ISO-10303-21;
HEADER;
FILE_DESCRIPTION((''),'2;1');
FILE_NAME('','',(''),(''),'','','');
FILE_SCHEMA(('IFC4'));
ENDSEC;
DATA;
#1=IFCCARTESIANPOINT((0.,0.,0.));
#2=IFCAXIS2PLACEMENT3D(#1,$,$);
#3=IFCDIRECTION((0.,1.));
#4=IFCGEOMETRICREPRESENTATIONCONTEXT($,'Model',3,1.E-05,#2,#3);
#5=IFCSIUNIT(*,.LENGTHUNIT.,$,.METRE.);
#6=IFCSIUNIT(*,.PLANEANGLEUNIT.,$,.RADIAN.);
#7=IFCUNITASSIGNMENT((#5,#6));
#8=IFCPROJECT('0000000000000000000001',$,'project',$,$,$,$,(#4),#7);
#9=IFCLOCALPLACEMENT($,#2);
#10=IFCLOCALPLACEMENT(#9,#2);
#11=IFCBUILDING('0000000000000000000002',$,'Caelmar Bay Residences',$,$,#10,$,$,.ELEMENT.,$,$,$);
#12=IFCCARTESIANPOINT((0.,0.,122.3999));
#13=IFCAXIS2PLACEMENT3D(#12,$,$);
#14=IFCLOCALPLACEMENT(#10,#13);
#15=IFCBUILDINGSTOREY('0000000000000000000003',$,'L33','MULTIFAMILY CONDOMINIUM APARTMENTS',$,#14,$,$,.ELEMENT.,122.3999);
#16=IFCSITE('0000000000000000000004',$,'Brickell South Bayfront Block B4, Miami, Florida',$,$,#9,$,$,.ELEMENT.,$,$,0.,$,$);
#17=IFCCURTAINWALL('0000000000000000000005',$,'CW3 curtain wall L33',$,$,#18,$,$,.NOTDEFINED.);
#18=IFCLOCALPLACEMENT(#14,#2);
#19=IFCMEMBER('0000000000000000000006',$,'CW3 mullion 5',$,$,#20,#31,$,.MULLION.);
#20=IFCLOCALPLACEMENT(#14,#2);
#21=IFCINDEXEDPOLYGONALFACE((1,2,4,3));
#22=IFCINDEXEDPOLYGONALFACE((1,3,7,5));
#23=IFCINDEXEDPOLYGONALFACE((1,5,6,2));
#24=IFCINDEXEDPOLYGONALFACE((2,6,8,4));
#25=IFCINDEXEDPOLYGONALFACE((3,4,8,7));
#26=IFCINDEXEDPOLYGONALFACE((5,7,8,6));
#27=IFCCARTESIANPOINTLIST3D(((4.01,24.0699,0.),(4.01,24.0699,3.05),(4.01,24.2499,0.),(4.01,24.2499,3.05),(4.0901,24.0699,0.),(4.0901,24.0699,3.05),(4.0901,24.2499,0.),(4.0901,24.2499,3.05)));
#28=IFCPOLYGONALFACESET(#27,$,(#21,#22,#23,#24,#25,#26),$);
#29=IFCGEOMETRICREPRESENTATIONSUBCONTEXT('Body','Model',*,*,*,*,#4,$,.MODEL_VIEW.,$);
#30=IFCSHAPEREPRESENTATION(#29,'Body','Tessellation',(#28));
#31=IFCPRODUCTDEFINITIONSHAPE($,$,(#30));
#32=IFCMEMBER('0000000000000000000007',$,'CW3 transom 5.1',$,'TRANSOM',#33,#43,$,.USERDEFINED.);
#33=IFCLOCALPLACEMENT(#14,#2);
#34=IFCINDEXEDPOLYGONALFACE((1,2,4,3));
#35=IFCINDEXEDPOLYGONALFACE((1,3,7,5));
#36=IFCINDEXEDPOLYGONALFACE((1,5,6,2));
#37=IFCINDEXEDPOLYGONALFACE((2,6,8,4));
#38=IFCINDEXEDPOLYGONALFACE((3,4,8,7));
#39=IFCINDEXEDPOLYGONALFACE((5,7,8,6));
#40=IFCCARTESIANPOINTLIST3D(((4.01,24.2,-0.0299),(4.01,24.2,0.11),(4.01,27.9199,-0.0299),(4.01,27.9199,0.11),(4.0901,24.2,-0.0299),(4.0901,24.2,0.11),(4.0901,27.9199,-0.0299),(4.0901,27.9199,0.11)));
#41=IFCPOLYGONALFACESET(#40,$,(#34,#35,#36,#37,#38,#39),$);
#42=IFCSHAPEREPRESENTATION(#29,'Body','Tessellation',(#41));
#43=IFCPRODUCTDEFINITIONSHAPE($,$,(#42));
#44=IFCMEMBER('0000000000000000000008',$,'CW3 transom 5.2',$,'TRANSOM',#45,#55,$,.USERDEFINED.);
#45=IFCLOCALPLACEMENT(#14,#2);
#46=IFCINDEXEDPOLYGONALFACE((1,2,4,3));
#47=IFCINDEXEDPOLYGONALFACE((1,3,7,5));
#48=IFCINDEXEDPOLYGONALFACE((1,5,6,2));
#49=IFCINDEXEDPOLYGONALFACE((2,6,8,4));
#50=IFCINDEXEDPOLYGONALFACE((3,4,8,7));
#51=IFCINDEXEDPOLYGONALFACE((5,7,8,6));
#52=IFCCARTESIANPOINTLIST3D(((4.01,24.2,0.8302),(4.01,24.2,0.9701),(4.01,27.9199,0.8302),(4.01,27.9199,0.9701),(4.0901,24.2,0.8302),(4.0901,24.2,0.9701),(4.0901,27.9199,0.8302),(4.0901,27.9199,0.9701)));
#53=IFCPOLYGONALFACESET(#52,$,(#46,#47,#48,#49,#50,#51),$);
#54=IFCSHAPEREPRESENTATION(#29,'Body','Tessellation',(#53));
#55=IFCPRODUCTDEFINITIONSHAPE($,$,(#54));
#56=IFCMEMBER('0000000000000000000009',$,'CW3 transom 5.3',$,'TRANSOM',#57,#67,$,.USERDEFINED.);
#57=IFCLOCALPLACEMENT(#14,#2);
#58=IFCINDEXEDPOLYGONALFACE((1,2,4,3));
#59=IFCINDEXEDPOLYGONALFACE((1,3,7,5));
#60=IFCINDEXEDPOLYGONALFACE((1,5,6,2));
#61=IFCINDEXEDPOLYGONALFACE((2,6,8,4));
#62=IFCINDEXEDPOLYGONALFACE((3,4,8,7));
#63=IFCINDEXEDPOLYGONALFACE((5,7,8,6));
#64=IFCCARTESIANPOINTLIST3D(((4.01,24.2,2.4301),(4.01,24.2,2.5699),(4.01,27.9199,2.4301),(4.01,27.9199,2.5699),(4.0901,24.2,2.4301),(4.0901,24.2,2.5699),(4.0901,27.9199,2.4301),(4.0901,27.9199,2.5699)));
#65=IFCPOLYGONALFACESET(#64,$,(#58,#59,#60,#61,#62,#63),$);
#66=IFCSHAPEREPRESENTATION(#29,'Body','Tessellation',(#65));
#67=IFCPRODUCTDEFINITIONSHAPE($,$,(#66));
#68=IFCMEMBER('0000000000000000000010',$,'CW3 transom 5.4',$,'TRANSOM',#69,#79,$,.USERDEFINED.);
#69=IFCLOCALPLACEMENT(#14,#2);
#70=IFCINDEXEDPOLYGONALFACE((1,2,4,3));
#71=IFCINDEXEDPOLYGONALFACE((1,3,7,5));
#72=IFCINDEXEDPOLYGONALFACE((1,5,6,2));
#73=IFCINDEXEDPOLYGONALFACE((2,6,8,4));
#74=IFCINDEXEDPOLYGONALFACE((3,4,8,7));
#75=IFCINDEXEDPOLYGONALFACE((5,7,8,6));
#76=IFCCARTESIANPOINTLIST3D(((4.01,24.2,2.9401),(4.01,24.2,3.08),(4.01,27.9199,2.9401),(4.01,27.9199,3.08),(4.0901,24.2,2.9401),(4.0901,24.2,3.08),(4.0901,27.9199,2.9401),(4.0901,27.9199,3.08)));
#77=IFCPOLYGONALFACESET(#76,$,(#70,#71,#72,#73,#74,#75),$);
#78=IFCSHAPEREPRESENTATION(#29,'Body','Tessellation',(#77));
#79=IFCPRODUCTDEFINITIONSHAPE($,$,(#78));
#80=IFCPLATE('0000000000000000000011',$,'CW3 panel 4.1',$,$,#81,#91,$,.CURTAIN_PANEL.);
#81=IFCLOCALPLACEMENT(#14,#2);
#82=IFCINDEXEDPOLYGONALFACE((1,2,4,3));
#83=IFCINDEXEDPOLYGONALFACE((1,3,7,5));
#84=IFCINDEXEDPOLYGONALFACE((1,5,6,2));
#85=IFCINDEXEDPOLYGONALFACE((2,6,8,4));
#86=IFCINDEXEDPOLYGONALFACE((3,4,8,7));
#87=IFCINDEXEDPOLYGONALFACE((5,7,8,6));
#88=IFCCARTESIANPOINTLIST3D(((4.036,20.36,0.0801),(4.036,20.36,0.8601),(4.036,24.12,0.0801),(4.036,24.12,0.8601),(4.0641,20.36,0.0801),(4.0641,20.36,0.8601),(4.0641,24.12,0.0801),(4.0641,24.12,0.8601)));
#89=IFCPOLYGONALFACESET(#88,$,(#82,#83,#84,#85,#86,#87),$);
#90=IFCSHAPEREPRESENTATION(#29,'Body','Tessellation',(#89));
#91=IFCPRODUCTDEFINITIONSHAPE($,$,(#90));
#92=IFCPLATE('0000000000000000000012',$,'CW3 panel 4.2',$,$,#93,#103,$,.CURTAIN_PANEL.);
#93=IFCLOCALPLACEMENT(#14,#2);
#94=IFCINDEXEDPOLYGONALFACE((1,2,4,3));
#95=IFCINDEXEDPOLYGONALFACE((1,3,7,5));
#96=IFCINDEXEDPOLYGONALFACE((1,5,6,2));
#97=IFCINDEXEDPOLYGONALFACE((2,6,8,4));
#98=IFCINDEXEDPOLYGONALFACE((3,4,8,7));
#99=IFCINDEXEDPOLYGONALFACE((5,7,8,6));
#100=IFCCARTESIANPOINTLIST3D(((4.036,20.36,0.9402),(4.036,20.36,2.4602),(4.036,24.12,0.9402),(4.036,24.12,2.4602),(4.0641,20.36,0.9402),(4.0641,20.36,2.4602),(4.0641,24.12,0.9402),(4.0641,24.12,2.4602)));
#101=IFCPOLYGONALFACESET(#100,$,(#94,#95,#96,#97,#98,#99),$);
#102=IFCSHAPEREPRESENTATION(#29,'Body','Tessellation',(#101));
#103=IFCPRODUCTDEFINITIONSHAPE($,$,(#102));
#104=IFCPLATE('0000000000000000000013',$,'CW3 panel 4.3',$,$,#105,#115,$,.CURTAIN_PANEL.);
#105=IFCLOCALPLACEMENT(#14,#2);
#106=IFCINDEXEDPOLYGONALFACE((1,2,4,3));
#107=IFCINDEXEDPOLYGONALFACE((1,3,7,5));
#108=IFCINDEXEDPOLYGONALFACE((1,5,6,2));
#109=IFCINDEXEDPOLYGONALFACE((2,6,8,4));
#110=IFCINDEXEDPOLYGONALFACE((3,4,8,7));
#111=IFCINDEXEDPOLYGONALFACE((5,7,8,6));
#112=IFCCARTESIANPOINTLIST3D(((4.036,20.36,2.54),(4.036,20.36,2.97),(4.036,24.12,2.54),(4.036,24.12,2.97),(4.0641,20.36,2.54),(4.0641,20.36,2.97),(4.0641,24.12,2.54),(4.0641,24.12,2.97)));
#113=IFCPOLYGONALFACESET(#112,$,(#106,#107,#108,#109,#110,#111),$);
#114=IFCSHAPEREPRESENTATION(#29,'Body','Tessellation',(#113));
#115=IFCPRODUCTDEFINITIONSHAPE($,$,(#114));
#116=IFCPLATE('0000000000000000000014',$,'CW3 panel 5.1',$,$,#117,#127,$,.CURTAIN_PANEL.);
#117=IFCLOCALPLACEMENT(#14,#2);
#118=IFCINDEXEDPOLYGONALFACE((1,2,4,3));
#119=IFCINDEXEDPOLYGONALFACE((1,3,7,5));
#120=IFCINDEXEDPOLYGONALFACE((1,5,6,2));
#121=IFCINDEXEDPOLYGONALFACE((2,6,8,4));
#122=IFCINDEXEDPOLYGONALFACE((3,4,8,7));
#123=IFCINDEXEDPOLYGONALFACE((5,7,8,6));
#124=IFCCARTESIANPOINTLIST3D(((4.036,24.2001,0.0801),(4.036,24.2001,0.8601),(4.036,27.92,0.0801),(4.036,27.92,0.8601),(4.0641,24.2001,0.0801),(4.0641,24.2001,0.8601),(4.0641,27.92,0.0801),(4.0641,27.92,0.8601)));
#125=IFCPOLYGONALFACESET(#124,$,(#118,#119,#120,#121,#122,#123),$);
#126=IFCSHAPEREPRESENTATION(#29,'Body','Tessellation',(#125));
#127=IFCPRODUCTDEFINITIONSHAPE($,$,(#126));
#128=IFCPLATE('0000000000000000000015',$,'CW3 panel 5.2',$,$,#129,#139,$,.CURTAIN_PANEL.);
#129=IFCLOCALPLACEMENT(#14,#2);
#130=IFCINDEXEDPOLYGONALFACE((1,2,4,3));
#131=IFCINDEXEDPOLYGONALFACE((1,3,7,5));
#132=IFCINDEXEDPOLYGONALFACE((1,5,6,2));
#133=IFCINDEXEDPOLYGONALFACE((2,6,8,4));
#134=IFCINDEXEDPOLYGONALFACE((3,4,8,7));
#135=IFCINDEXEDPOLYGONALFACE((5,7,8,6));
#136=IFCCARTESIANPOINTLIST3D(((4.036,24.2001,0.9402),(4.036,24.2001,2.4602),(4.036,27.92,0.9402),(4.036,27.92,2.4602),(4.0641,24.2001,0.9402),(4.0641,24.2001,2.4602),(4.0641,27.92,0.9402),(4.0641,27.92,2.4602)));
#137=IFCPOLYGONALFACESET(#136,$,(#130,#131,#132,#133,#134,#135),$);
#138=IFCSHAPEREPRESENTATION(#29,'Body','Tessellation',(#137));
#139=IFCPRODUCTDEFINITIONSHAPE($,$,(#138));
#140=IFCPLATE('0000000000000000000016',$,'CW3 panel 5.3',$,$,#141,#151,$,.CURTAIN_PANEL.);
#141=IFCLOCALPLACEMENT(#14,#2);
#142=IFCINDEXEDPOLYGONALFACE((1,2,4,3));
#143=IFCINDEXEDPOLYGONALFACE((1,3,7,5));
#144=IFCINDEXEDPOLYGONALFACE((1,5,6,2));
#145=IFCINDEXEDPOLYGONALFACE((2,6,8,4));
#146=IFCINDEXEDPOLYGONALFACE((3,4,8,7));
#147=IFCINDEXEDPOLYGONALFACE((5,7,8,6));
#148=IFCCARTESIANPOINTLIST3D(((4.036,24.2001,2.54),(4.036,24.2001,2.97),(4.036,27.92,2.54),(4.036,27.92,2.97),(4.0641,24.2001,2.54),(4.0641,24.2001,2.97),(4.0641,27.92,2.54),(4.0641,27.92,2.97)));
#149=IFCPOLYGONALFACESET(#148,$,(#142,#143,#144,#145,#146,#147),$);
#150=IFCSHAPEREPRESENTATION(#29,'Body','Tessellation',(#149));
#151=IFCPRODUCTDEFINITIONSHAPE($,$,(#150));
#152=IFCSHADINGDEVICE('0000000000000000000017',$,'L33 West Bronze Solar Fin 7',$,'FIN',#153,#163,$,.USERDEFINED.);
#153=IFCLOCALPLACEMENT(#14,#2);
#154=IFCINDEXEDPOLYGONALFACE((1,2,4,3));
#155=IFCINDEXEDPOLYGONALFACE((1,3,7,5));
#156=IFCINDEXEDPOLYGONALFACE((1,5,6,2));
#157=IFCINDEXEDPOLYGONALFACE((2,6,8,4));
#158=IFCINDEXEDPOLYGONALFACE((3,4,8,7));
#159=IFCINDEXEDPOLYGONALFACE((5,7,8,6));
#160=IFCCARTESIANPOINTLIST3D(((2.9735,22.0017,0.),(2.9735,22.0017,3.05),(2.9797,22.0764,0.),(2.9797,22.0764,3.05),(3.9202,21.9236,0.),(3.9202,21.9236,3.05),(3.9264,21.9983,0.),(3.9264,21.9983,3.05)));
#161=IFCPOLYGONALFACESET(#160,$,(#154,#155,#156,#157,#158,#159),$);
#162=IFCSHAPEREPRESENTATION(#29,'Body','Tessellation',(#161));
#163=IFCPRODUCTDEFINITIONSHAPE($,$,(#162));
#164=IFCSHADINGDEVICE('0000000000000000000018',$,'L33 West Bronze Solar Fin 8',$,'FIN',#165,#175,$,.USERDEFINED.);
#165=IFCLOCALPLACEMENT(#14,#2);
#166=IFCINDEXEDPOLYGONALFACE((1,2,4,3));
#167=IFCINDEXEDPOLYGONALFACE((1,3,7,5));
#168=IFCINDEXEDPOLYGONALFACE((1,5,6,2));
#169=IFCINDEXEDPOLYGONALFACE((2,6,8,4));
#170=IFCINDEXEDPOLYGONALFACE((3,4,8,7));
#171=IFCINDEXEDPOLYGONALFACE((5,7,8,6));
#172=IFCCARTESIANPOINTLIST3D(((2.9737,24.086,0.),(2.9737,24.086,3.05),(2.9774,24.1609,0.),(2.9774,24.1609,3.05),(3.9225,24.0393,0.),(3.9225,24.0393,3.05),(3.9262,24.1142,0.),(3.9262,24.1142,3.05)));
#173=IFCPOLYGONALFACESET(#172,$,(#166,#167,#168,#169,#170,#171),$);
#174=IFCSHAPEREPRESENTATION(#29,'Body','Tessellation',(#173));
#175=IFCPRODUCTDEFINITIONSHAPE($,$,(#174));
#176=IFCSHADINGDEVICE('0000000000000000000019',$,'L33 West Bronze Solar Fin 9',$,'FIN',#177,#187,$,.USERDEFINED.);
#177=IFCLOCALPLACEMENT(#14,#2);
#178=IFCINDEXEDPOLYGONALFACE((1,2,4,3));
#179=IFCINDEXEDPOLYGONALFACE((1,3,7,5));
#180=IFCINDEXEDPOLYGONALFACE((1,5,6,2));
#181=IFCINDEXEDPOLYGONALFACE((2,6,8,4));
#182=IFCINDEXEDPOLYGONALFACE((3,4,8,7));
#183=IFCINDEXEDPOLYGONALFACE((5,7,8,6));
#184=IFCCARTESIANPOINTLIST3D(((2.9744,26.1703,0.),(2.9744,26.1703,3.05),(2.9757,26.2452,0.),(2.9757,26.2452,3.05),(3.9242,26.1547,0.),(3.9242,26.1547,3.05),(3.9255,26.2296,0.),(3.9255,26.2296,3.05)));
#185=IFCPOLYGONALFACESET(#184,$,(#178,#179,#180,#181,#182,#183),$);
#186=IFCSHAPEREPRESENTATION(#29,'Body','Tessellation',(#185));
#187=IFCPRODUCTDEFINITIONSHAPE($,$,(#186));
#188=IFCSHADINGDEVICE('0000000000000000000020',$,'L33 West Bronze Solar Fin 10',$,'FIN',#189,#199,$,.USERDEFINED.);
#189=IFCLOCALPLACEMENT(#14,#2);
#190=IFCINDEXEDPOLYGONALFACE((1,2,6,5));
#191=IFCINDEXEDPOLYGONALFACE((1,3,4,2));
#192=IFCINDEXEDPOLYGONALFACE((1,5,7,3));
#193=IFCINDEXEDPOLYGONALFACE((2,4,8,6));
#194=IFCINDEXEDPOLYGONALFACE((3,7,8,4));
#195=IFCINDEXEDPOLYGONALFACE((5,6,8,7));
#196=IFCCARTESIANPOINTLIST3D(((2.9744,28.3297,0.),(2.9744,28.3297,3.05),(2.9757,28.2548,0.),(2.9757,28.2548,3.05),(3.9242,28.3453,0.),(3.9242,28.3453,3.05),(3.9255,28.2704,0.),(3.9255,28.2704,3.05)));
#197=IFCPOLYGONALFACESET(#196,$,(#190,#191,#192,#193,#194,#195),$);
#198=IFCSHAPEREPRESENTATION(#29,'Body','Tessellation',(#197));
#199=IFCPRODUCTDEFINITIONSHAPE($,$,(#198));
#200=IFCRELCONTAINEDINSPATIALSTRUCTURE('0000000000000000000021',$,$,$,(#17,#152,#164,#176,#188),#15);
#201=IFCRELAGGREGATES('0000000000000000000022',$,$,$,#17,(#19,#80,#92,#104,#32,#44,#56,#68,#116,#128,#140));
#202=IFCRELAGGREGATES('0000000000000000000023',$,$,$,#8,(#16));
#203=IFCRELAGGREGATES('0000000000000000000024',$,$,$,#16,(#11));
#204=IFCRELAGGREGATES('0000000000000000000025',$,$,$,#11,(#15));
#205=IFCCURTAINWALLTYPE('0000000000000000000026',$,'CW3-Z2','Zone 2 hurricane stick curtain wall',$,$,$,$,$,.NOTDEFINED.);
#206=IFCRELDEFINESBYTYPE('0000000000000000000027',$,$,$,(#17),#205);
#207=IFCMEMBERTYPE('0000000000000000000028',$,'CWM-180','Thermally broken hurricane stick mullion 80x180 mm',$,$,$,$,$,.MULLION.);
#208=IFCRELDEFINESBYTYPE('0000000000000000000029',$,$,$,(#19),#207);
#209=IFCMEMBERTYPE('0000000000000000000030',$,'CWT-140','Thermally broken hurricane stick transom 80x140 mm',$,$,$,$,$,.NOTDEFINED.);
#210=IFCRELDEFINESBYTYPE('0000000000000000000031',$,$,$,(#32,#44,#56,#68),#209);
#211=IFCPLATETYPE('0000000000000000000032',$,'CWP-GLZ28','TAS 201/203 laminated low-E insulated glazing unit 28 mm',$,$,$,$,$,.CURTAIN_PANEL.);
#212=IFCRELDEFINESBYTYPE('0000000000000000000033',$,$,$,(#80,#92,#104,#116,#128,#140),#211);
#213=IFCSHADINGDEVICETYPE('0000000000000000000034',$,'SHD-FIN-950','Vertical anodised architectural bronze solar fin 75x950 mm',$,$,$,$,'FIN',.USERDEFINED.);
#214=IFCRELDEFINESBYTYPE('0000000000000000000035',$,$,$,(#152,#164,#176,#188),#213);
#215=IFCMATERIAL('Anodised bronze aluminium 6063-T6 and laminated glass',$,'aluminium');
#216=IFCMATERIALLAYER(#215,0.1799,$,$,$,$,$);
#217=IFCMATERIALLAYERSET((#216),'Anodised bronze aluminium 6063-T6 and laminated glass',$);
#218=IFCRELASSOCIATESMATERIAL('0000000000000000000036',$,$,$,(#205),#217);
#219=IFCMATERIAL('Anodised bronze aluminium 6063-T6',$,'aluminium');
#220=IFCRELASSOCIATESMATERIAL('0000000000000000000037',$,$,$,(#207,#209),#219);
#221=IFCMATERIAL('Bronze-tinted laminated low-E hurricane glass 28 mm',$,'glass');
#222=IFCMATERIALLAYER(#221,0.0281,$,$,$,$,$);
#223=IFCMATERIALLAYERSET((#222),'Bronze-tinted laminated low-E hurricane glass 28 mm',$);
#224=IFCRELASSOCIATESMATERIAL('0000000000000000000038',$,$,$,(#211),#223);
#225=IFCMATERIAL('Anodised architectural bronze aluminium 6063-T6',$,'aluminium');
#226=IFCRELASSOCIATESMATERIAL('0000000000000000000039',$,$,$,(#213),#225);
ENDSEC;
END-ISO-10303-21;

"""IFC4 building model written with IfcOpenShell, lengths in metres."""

from ifc_helpers import new_model, si_unit, direction, frame, origin, origin_2d, place, context, subcontext, project, spatial, rectangle, extrude, material, layer, layer_set, material_profile, profile_set, type_object, element, aggregate, save


model = new_model("IFC4")

# Units and contexts
model_context = context("Model", 3, precision=1e-05, world=origin(), true_north=direction((0.0, 1.0)))
body_context = subcontext(model_context, "Body", "Model", "MODEL_VIEW")
ifc_project = project(units=[si_unit("LENGTHUNIT", "METRE"), si_unit("PLANEANGLEUNIT", "RADIAN")], contexts=[model_context])

# Site, building, storey
site_placement = place(None, origin())
site = spatial("IfcSite", under=ifc_project, at=site_placement, Name="Brickell South Bayfront Block B4, Miami, Florida", CompositionType="ELEMENT", RefElevation=0.0)
building_placement = place(site_placement, origin())
building = spatial("IfcBuilding", under=site, at=building_placement, Name="Caelmar Bay Residences", CompositionType="ELEMENT")
storey_placement = place(building_placement, frame((0.0, 0.0, 122.3999)))
storey = spatial("IfcBuildingStorey", under=building, at=storey_placement, Name="L33", Description="MULTIFAMILY CONDOMINIUM APARTMENTS", CompositionType="ELEMENT", Elevation=122.3999)

# Curtain wall, members, plates
ifc_material_1 = material(Name="Anodised bronze aluminium 6063-T6 and laminated glass", Category="aluminium")
ifc_layer_1 = layer(ifc_material_1, 0.1799)
ifc_layer_set_1 = layer_set([ifc_layer_1], Name="Anodised bronze aluminium 6063-T6 and laminated glass")
curtain_wall_type = type_object("IfcCurtainWallType", Name="CW3-Z2", Description="Zone 2 hurricane stick curtain wall", PredefinedType="NOTDEFINED", material=ifc_layer_set_1)
curtain_wall_placement = place(storey_placement, origin())
curtain_wall = element("IfcCurtainWall", 1, at=curtain_wall_placement, inside=storey, type_object=curtain_wall_type, Name="CW3 curtain wall L33", PredefinedType="NOTDEFINED")
ifc_material_2 = material(Name="Anodised bronze aluminium 6063-T6", Category="aluminium")
ifc_material_profile_1 = material_profile(ifc_material_2, rectangle(XDim=0.0801, YDim=0.1799, at=origin_2d()), Name="CWM-80X180")
ifc_profile_set_1 = profile_set([ifc_material_profile_1], Name="Anodised bronze aluminium 6063-T6")
member_type_1 = type_object("IfcMemberType", Name="CWM-180", Description="Thermally broken hurricane stick mullion 80x180 mm", PredefinedType="MULLION", material=ifc_profile_set_1)
member_1_placement = place(storey_placement, frame((4.05, 24.1599, 0.0), z_axis=(0.0, 0.0, 1.0), x_axis=(-1.0, 0.0, 0.0)))
member_1 = element("IfcMember", 2, at=member_1_placement, type_object=member_type_1, Name="CW3 mullion 5", PredefinedType="MULLION", context=body_context, shape_type="SweptSolid", body=[
    extrude(rectangle(XDim=0.0801, YDim=0.1799, at=origin_2d()), origin(), (0.0, 0.0, 1.0), 3.05),
])
ifc_material_profile_2 = material_profile(ifc_material_2, rectangle(XDim=0.0801, YDim=0.1399, at=origin_2d()), Name="CWT-80X140")
ifc_profile_set_2 = profile_set([ifc_material_profile_2], Name="Anodised bronze aluminium 6063-T6")
member_type_2 = type_object("IfcMemberType", Name="CWT-140", Description="Thermally broken hurricane stick transom 80x140 mm", PredefinedType="NOTDEFINED", material=ifc_profile_set_2)
member_2_placement = place(storey_placement, frame((4.05, 24.2, 0.04), z_axis=(0.0, 1.0, 0.0), x_axis=(-1.0, 0.0, 0.0)))
member_2 = element("IfcMember", 3, at=member_2_placement, type_object=member_type_2, Name="CW3 transom 5.1", ObjectType="TRANSOM", PredefinedType="USERDEFINED", context=body_context, shape_type="SweptSolid", body=[
    extrude(rectangle(XDim=0.0801, YDim=0.1399, at=origin_2d()), origin(), (0.0, 0.0, 1.0), 3.72),
])
member_3_placement = place(storey_placement, frame((4.05, 24.2, 0.9001), z_axis=(0.0, 1.0, 0.0), x_axis=(-1.0, 0.0, 0.0)))
member_3 = element("IfcMember", 4, at=member_3_placement, type_object=member_type_2, Name="CW3 transom 5.2", ObjectType="TRANSOM", PredefinedType="USERDEFINED", context=body_context, shape_type="SweptSolid", body=[
    extrude(rectangle(XDim=0.0801, YDim=0.1399, at=origin_2d()), origin(), (0.0, 0.0, 1.0), 3.72),
])
member_4_placement = place(storey_placement, frame((4.05, 24.2, 2.5), z_axis=(0.0, 1.0, 0.0), x_axis=(-1.0, 0.0, 0.0)))
member_4 = element("IfcMember", 5, at=member_4_placement, type_object=member_type_2, Name="CW3 transom 5.3", ObjectType="TRANSOM", PredefinedType="USERDEFINED", context=body_context, shape_type="SweptSolid", body=[
    extrude(rectangle(XDim=0.0801, YDim=0.1399, at=origin_2d()), origin(), (0.0, 0.0, 1.0), 3.72),
])
member_5_placement = place(storey_placement, frame((4.05, 24.2, 3.01), z_axis=(0.0, 1.0, 0.0), x_axis=(-1.0, 0.0, 0.0)))
member_5 = element("IfcMember", 6, at=member_5_placement, type_object=member_type_2, Name="CW3 transom 5.4", ObjectType="TRANSOM", PredefinedType="USERDEFINED", context=body_context, shape_type="SweptSolid", body=[
    extrude(rectangle(XDim=0.0801, YDim=0.1399, at=origin_2d()), origin(), (0.0, 0.0, 1.0), 3.72),
])
ifc_material_3 = material(Name="Bronze-tinted laminated low-E hurricane glass 28 mm", Category="glass")
ifc_layer_2 = layer(ifc_material_3, 0.0281)
ifc_layer_set_2 = layer_set([ifc_layer_2], Name="Bronze-tinted laminated low-E hurricane glass 28 mm")
plate_type = type_object("IfcPlateType", Name="CWP-GLZ28", Description="TAS 201/203 laminated low-E insulated glazing unit 28 mm", PredefinedType="CURTAIN_PANEL", material=ifc_layer_set_2)
plate_1_placement = place(storey_placement, frame((4.05, 22.24, 0.0801), z_axis=(0.0, 0.0, 1.0), x_axis=(0.0, 1.0, 0.0)))
plate_1 = element("IfcPlate", 7, at=plate_1_placement, type_object=plate_type, Name="CW3 panel 4.1", PredefinedType="CURTAIN_PANEL", context=body_context, shape_type="SweptSolid", body=[
    extrude(rectangle(XDim=3.76, YDim=0.0281, at=origin_2d()), origin(), (0.0, 0.0, 1.0), 0.78),
])
plate_2_placement = place(storey_placement, frame((4.05, 22.24, 0.9402), z_axis=(0.0, 0.0, 1.0), x_axis=(0.0, 1.0, 0.0)))
plate_2 = element("IfcPlate", 8, at=plate_2_placement, type_object=plate_type, Name="CW3 panel 4.2", PredefinedType="CURTAIN_PANEL", context=body_context, shape_type="SweptSolid", body=[
    extrude(rectangle(XDim=3.76, YDim=0.0281, at=origin_2d()), origin(), (0.0, 0.0, 1.0), 1.52),
])
plate_3_placement = place(storey_placement, frame((4.05, 22.24, 2.54), z_axis=(0.0, 0.0, 1.0), x_axis=(0.0, 1.0, 0.0)))
plate_3 = element("IfcPlate", 9, at=plate_3_placement, type_object=plate_type, Name="CW3 panel 4.3", PredefinedType="CURTAIN_PANEL", context=body_context, shape_type="SweptSolid", body=[
    extrude(rectangle(XDim=3.76, YDim=0.0281, at=origin_2d()), origin(), (0.0, 0.0, 1.0), 0.4299),
])
plate_4_placement = place(storey_placement, frame((4.05, 26.0601, 0.0801), z_axis=(0.0, 0.0, 1.0), x_axis=(0.0, 1.0, 0.0)))
plate_4 = element("IfcPlate", 10, at=plate_4_placement, type_object=plate_type, Name="CW3 panel 5.1", PredefinedType="CURTAIN_PANEL", context=body_context, shape_type="SweptSolid", body=[
    extrude(rectangle(XDim=3.72, YDim=0.0281, at=origin_2d()), origin(), (0.0, 0.0, 1.0), 0.78),
])
plate_5_placement = place(storey_placement, frame((4.05, 26.0601, 0.9402), z_axis=(0.0, 0.0, 1.0), x_axis=(0.0, 1.0, 0.0)))
plate_5 = element("IfcPlate", 11, at=plate_5_placement, type_object=plate_type, Name="CW3 panel 5.2", PredefinedType="CURTAIN_PANEL", context=body_context, shape_type="SweptSolid", body=[
    extrude(rectangle(XDim=3.72, YDim=0.0281, at=origin_2d()), origin(), (0.0, 0.0, 1.0), 1.52),
])
plate_6_placement = place(storey_placement, frame((4.05, 26.0601, 2.54), z_axis=(0.0, 0.0, 1.0), x_axis=(0.0, 1.0, 0.0)))
plate_6 = element("IfcPlate", 12, at=plate_6_placement, type_object=plate_type, Name="CW3 panel 5.3", PredefinedType="CURTAIN_PANEL", context=body_context, shape_type="SweptSolid", body=[
    extrude(rectangle(XDim=3.72, YDim=0.0281, at=origin_2d()), origin(), (0.0, 0.0, 1.0), 0.4299),
])
aggregate(curtain_wall, [member_1, plate_1, plate_2, plate_3, member_2, member_3, member_4, member_5, plate_4, plate_5, plate_6])

# Shading devices
ifc_material_4 = material(Name="Anodised architectural bronze aluminium 6063-T6", Category="aluminium")
ifc_material_profile_3 = material_profile(ifc_material_4, rectangle(XDim=0.075, YDim=0.95, at=origin_2d()), Name="BRONZE-FIN-75X950")
ifc_profile_set_3 = profile_set([ifc_material_profile_3], Name="Anodised architectural bronze aluminium 6063-T6")
shading_device_type = type_object("IfcShadingDeviceType", Name="SHD-FIN-950", Description="Vertical anodised architectural bronze solar fin 75x950 mm", ElementType="FIN", PredefinedType="USERDEFINED", material=ifc_profile_set_3)
for number, where, z_axis, x_axis, name in (
    (13, (3.45, 22.0, 0.0), (0.0, 0.0, 1.0), (0.082112, 0.996623, 0.0), "L33 West Bronze Solar Fin 7"),
    (14, (3.45, 24.1001, 0.0), (0.0, 0.0, 1.0), (0.049198, 0.998789, 0.0), "L33 West Bronze Solar Fin 8"),
    (15, (3.45, 26.2, 0.0), (0.0, 0.0, 1.0), (0.016405, 0.999865, 0.0), "L33 West Bronze Solar Fin 9"),
    (16, (3.45, 28.3, 0.0), (0.0, 0.0, 1.0), (-0.016405, 0.999865, 0.0), "L33 West Bronze Solar Fin 10"),
):
    element("IfcShadingDevice", number, at=place(storey_placement, frame(where, z_axis=z_axis, x_axis=x_axis)), inside=storey, type_object=shading_device_type, Name=name, ObjectType="FIN", PredefinedType="USERDEFINED", context=body_context, shape_type="SweptSolid", body=[
        extrude(rectangle(XDim=0.075, YDim=0.95, at=origin_2d()), origin(), (0.0, 0.0, 1.0), 3.05),
    ])

save(model, "model.ifc")
